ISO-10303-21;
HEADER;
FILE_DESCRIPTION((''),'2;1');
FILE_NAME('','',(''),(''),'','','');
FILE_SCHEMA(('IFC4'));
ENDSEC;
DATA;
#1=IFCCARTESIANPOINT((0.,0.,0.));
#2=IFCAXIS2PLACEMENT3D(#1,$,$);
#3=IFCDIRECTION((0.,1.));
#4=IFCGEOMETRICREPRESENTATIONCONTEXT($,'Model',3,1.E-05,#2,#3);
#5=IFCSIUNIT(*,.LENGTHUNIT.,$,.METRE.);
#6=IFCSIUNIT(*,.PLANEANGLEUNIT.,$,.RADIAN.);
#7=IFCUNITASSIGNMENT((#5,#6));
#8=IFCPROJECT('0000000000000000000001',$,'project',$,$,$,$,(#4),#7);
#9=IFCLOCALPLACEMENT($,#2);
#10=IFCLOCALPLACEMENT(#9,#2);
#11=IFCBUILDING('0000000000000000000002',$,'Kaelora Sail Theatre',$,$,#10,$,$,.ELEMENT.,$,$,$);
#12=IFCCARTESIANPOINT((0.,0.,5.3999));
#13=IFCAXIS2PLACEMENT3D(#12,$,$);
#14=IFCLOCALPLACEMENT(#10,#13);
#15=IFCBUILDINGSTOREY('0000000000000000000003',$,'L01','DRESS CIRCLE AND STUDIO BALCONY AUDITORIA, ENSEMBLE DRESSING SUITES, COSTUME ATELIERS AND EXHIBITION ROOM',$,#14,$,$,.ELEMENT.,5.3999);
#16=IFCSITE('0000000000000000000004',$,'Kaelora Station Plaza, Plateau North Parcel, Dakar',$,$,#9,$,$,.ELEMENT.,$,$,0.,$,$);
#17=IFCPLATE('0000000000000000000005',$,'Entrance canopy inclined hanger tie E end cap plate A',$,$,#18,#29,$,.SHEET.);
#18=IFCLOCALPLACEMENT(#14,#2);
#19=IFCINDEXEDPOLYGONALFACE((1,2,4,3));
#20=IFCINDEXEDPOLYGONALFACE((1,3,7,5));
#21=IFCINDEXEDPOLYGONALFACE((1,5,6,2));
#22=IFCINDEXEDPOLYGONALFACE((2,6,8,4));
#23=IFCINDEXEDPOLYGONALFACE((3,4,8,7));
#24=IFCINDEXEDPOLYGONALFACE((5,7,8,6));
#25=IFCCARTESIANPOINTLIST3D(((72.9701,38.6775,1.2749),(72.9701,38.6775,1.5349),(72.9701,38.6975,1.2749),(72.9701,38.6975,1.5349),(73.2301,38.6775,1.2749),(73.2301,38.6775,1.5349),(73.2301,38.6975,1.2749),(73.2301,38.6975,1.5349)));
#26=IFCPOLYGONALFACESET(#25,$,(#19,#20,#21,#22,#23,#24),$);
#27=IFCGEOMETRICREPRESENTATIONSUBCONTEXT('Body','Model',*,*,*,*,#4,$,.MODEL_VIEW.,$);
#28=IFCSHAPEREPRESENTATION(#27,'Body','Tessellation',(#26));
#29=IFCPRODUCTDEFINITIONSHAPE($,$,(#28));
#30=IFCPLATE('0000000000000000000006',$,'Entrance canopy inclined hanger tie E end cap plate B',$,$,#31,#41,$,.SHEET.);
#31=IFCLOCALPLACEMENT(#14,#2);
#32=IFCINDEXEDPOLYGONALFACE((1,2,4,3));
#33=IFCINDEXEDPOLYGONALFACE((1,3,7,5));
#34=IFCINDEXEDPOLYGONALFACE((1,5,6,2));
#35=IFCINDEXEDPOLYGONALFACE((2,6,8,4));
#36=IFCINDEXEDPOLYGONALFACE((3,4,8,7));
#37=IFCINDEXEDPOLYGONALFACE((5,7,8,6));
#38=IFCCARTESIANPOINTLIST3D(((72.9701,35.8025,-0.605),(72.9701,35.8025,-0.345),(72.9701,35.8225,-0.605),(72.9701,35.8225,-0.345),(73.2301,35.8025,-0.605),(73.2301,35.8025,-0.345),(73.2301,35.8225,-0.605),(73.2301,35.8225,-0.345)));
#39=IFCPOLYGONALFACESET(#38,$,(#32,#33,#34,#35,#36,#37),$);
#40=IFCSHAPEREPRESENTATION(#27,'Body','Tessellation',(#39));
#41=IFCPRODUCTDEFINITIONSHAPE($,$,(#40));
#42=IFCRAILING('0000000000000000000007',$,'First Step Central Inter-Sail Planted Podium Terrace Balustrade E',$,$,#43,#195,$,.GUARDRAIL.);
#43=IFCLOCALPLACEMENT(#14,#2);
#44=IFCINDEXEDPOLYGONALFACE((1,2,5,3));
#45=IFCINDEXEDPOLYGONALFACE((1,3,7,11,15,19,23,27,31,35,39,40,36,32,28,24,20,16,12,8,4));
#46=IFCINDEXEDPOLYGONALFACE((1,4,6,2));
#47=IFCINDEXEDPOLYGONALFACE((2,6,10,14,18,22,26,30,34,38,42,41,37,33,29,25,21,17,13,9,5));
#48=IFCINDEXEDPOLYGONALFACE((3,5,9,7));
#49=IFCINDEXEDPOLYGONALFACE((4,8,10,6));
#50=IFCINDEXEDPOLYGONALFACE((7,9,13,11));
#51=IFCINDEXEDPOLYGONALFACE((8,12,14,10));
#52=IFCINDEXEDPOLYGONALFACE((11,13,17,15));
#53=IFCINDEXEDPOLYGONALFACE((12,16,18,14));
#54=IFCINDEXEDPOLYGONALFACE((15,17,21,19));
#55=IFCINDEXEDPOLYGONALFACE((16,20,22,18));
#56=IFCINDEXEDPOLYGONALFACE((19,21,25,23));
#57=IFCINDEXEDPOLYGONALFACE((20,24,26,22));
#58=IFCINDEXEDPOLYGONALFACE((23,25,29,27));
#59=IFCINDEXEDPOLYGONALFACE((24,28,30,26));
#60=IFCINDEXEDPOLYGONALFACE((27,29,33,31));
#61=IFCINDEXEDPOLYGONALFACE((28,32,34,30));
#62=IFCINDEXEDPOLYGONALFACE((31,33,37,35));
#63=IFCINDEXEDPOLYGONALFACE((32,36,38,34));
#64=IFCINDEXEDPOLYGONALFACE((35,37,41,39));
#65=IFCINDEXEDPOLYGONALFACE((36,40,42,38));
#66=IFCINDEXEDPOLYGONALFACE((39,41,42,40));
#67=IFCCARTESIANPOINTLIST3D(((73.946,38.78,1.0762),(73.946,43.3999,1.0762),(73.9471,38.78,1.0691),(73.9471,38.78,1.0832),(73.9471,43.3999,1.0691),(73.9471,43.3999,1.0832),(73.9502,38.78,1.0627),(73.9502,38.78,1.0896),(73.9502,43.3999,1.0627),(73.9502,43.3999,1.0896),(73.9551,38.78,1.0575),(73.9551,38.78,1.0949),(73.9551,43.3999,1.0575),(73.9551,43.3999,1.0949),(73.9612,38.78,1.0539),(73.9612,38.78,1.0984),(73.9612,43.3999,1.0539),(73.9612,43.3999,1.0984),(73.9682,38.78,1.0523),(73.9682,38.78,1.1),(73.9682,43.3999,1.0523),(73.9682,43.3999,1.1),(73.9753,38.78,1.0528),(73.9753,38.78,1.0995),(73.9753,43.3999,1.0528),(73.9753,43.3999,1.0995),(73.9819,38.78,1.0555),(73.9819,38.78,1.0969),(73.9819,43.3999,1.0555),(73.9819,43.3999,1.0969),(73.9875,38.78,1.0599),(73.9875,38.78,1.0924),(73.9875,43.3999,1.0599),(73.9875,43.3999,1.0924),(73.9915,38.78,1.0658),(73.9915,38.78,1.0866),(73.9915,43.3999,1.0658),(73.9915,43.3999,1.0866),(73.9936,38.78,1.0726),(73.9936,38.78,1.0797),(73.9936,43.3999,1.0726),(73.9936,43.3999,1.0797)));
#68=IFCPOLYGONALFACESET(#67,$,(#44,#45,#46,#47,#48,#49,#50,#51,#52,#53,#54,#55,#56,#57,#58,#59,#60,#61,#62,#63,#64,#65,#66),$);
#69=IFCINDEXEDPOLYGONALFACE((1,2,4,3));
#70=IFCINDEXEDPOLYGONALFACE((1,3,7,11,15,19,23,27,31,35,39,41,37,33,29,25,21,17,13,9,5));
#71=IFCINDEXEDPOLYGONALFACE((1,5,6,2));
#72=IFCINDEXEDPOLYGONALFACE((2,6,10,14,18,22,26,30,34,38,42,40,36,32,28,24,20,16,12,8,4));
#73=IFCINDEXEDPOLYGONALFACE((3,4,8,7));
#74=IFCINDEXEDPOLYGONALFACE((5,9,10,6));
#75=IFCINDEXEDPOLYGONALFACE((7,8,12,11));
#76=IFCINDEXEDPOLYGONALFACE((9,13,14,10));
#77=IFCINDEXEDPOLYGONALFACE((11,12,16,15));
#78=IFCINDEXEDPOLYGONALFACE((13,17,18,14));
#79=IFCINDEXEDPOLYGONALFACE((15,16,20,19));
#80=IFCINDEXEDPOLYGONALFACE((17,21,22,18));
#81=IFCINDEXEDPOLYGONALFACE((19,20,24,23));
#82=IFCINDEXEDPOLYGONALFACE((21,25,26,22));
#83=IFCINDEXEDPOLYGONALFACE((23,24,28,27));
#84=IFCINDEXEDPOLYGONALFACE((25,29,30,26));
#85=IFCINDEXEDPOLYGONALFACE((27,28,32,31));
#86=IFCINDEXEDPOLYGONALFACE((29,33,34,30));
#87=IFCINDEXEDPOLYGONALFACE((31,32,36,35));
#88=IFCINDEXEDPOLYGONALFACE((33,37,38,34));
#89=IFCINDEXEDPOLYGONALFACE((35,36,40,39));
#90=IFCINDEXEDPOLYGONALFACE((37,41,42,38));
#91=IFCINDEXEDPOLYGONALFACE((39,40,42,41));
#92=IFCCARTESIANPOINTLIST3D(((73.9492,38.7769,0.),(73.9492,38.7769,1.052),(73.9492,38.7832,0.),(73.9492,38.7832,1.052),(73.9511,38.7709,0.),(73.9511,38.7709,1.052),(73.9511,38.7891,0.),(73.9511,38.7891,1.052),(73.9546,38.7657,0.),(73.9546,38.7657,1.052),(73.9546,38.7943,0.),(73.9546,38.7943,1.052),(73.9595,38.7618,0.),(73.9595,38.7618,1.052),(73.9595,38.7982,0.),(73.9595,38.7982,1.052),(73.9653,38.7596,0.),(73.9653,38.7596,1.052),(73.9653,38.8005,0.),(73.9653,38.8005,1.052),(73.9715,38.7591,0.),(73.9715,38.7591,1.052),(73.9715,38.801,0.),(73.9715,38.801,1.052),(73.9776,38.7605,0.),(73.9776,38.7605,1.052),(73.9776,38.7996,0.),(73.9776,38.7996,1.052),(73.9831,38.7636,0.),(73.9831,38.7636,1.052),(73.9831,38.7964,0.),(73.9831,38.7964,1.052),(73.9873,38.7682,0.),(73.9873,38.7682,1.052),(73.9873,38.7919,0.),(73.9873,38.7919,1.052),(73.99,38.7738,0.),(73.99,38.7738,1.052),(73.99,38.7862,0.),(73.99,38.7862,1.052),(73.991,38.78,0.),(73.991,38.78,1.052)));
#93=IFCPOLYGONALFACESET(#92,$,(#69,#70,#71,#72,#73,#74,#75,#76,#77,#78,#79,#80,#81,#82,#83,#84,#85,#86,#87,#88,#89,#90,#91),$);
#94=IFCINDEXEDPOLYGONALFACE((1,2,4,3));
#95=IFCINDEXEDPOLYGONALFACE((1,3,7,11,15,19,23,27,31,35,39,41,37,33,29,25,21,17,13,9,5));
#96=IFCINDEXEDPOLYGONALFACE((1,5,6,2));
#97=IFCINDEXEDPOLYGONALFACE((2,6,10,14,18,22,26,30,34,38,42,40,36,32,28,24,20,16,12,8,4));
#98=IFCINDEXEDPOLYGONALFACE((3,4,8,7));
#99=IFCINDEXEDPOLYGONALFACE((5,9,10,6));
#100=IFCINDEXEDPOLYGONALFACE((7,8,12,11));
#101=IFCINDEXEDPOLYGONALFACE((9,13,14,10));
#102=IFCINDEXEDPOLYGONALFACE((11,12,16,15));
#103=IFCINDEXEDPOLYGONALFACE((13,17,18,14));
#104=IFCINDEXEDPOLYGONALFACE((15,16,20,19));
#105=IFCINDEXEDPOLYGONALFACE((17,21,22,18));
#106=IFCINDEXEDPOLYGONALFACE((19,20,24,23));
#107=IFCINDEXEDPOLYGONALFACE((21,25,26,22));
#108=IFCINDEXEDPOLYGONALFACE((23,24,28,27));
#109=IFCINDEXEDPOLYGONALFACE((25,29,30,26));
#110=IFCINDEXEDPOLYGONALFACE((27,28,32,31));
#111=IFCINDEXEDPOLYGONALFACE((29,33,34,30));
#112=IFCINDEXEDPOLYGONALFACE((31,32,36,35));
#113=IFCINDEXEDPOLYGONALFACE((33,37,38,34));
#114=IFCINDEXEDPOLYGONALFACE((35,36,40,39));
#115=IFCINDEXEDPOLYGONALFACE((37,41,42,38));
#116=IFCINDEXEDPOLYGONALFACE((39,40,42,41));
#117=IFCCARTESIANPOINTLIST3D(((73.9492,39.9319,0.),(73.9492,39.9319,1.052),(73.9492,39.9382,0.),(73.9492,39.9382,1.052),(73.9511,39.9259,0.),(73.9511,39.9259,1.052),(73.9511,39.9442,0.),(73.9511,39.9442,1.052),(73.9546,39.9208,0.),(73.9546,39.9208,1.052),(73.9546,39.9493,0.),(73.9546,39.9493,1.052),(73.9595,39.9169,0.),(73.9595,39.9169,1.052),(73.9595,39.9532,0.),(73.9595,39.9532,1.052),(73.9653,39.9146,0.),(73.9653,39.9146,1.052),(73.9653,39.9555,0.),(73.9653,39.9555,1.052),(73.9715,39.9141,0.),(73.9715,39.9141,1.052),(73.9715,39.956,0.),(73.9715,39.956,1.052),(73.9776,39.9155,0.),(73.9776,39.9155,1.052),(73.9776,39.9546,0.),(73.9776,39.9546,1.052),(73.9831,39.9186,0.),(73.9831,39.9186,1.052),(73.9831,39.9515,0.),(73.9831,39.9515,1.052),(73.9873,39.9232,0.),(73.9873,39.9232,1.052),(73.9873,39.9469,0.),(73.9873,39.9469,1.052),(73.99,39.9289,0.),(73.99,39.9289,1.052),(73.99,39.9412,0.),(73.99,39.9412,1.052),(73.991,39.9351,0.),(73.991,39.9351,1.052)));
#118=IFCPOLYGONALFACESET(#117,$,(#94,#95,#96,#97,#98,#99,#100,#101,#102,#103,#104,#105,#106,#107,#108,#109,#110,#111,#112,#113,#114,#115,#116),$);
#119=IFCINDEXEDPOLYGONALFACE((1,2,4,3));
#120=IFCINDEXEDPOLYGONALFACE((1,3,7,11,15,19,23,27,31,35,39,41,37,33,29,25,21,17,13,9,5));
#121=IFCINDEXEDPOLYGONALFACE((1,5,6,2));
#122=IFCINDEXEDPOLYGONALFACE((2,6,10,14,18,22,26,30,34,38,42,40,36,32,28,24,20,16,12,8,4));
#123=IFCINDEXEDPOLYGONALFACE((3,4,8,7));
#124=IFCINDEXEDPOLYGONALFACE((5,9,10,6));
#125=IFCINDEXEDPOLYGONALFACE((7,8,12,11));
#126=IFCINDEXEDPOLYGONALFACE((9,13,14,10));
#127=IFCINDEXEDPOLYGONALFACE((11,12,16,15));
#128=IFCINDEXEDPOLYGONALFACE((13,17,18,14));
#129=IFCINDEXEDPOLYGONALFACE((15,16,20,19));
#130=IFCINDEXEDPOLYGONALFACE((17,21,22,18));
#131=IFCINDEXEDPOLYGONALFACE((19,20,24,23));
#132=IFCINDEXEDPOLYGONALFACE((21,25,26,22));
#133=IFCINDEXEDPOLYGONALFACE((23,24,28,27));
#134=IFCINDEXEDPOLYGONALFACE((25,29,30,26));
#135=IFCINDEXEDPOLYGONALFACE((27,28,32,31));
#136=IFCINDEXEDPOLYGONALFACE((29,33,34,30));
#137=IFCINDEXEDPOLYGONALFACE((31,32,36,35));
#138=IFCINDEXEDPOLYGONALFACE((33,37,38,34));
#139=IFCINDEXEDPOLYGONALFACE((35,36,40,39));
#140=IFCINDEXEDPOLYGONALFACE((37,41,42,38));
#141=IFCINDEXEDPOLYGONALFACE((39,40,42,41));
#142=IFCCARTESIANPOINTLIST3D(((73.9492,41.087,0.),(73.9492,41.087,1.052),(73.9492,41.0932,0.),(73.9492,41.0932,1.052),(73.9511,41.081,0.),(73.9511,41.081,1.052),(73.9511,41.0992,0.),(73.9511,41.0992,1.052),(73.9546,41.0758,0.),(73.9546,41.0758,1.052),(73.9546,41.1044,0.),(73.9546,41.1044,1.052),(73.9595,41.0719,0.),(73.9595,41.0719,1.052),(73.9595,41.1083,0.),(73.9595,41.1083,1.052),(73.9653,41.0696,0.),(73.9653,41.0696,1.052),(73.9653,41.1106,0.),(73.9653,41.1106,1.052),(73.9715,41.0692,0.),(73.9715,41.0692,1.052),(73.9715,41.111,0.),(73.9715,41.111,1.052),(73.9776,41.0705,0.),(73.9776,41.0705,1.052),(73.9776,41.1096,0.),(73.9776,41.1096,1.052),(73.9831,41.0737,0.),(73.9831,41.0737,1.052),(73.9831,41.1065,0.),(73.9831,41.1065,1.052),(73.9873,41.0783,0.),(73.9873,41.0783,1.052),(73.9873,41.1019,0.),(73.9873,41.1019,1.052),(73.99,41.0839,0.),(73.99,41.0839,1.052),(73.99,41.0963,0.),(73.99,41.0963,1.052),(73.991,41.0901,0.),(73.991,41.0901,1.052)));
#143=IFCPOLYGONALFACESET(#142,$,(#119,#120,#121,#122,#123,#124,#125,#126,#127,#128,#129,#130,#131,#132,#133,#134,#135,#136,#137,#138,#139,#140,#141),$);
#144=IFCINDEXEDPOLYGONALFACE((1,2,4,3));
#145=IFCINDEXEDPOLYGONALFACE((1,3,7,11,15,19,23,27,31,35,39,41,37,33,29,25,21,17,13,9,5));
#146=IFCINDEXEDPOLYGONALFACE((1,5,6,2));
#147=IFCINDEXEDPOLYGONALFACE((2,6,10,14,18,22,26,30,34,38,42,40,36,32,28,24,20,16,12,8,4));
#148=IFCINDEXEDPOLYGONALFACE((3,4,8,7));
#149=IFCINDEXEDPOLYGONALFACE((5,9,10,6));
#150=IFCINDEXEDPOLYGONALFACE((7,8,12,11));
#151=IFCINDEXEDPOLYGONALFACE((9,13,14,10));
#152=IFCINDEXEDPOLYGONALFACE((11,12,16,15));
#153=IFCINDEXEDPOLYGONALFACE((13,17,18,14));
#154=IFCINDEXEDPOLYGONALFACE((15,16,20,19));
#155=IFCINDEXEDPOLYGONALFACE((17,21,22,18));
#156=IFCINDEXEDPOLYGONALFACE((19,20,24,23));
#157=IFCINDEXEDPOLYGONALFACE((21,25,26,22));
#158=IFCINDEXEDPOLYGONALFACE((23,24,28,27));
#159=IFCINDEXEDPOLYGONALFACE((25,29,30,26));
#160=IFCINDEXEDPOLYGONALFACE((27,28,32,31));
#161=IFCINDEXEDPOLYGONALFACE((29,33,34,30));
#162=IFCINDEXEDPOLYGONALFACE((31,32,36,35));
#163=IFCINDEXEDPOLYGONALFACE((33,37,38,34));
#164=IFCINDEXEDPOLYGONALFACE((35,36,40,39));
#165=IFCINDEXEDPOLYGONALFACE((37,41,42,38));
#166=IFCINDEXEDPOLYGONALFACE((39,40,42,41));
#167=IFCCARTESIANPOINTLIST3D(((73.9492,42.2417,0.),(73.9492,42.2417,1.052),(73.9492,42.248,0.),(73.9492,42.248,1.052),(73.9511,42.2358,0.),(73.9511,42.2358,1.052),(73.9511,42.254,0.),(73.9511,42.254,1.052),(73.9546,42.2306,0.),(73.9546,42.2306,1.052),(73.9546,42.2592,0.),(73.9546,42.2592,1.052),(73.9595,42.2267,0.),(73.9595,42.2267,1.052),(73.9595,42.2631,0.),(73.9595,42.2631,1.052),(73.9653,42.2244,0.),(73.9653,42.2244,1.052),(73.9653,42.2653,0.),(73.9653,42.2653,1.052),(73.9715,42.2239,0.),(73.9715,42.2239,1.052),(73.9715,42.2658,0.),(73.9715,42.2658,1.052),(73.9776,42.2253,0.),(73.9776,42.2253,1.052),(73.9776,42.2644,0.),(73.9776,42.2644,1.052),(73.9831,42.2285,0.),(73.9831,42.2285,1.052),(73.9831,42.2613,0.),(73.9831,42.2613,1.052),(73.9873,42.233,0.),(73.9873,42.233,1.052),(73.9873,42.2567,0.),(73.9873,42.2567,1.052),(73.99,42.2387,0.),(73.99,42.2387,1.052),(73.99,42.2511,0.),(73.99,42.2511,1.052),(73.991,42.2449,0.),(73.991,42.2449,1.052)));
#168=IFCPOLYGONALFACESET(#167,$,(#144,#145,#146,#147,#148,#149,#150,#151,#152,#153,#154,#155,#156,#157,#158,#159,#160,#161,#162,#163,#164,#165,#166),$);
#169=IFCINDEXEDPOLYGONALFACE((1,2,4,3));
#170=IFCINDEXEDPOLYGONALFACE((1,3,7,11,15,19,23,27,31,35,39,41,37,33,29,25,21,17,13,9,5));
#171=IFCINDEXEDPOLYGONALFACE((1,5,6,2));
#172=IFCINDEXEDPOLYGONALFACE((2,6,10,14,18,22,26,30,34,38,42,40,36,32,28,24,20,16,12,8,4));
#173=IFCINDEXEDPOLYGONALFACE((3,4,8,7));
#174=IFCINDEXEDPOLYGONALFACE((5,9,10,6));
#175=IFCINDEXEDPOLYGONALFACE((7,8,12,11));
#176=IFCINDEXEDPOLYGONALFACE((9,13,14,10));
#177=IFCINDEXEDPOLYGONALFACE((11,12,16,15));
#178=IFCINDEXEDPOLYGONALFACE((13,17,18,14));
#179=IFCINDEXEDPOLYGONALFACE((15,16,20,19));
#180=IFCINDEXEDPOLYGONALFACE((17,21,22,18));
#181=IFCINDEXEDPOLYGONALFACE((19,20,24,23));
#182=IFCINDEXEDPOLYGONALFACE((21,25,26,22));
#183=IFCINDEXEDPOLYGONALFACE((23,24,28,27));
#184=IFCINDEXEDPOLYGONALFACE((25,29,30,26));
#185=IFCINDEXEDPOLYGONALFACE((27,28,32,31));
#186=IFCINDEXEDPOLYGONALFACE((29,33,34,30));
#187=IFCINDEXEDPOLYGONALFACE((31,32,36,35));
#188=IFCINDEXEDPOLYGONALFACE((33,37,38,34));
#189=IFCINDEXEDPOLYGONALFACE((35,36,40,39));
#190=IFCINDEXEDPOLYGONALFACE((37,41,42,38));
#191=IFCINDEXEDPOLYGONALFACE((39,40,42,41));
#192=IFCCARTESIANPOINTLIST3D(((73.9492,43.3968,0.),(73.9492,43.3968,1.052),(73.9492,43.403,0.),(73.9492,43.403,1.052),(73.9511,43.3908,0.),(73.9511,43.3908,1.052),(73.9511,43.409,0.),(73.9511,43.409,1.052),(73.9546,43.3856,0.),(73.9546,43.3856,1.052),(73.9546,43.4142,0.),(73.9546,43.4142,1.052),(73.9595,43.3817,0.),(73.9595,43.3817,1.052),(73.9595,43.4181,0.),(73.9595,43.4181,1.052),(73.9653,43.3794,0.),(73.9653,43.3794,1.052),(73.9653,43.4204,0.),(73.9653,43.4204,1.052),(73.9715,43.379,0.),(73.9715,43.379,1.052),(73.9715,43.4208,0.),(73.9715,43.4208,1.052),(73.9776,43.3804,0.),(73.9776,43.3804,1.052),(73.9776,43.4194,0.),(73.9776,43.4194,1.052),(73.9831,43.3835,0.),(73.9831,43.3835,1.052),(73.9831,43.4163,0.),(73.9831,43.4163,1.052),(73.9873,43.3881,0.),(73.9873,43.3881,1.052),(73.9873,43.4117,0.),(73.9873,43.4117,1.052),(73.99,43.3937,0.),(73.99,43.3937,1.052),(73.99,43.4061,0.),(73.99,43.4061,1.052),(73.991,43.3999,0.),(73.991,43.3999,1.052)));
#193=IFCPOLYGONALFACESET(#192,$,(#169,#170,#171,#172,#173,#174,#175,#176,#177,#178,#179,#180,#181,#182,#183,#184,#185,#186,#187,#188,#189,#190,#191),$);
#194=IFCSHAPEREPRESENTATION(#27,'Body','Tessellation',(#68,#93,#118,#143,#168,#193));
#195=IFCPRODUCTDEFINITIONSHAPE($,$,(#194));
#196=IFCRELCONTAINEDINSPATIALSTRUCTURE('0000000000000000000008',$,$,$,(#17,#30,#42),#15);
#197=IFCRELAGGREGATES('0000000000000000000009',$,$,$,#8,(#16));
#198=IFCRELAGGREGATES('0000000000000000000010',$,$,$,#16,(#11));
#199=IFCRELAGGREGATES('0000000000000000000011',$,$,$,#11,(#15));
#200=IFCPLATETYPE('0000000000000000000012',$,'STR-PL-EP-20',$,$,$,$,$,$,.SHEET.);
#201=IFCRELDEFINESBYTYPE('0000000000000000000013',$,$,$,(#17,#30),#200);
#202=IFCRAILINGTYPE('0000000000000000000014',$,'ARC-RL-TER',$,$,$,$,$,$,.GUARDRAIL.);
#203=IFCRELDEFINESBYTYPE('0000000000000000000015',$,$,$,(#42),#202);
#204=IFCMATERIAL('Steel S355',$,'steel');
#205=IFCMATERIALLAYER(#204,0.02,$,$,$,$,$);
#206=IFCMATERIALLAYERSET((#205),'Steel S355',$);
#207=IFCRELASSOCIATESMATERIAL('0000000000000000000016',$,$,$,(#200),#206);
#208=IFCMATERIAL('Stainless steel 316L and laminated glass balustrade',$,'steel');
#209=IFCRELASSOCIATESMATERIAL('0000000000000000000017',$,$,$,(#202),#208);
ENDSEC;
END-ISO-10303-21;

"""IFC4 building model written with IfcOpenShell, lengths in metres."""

from ifc_helpers import new_model, si_unit, direction, frame, origin, origin_2d, place, context, subcontext, project, spatial, rectangle, circle, extrude, material, layer, layer_set, type_object, element, save


model = new_model("IFC4")

# Units and contexts
model_context = context("Model", 3, precision=1e-05, world=origin(), true_north=direction((0.0, 1.0)))
body_context = subcontext(model_context, "Body", "Model", "MODEL_VIEW")
ifc_project = project(units=[si_unit("LENGTHUNIT", "METRE"), si_unit("PLANEANGLEUNIT", "RADIAN")], contexts=[model_context])

# Site, building, storey
site_placement = place(None, origin())
site = spatial("IfcSite", under=ifc_project, at=site_placement, Name="Kaelora Station Plaza, Plateau North Parcel, Dakar", CompositionType="ELEMENT", RefElevation=0.0)
building_placement = place(site_placement, origin())
building = spatial("IfcBuilding", under=site, at=building_placement, Name="Kaelora Sail Theatre", CompositionType="ELEMENT")
storey_placement = place(building_placement, frame((0.0, 0.0, 5.3999)))
storey = spatial("IfcBuildingStorey", under=building, at=storey_placement, Name="L01", Description="DRESS CIRCLE AND STUDIO BALCONY AUDITORIA, ENSEMBLE DRESSING SUITES, COSTUME ATELIERS AND EXHIBITION ROOM", CompositionType="ELEMENT", Elevation=5.3999)

# Plates
ifc_material_1 = material(Name="Steel S355", Category="steel")
ifc_layer_1 = layer(ifc_material_1, 0.02)
ifc_layer_set_1 = layer_set([ifc_layer_1], Name="Steel S355")
plate_type_1 = type_object("IfcPlateType", Name="STR-PL-EP-20", PredefinedType="SHEET", material=ifc_layer_set_1)
for number, where, z_axis, x_axis, name in (
    (1, (73.1001, 38.6875, 1.2749), (0.0, 0.0, 1.0), (0.0, -1.0, 0.0), "Entrance canopy inclined hanger tie E end cap plate A"),
    (2, (73.1001, 35.8125, -0.605), (0.0, 0.0, 1.0), (0.0, -1.0, 0.0), "Entrance canopy inclined hanger tie E end cap plate B"),
):
    element("IfcPlate", number, at=place(storey_placement, frame(where, z_axis=z_axis, x_axis=x_axis)), inside=storey, type_object=plate_type_1, Name=name, PredefinedType="SHEET", context=body_context, shape_type="SweptSolid", body=[
        extrude(rectangle(XDim=0.02, YDim=0.26, at=origin_2d()), origin(), (0.0, 0.0, 1.0), 0.26),
    ])

# Railing
ifc_material_2 = material(Name="Stainless steel 316L and laminated glass balustrade", Category="steel")
railing_type = type_object("IfcRailingType", Name="ARC-RL-TER", PredefinedType="GUARDRAIL", material=ifc_material_2)
railing_placement = place(storey_placement, frame((73.97, 38.78, 0.0)))
element("IfcRailing", 3, at=railing_placement, inside=storey, type_object=railing_type, Name="First Step Central Inter-Sail Planted Podium Terrace Balustrade E", PredefinedType="GUARDRAIL", context=body_context, shape_type="SweptSolid", body=[
    extrude(circle(Radius=0.0239, at=origin_2d()), frame((0.0, 0.0, 1.0762), z_axis=(0.0, 1.0, 0.0), x_axis=(-1.0, 0.0, 0.0)), (0.0, 0.0, 1.0), 4.6199),
    extrude(circle(Radius=0.021, at=origin_2d()), origin(), (0.0, 0.0, 1.0), 1.052),
    extrude(circle(Radius=0.021, at=origin_2d()), frame((0.0, 1.155, 0.0)), (0.0, 0.0, 1.0), 1.052),
    extrude(circle(Radius=0.021, at=origin_2d()), frame((0.0, 2.3101, 0.0)), (0.0, 0.0, 1.0), 1.052),
    extrude(circle(Radius=0.021, at=origin_2d()), frame((0.0, 3.4648, 0.0)), (0.0, 0.0, 1.0), 1.052),
    extrude(circle(Radius=0.021, at=origin_2d()), frame((0.0, 4.6199, 0.0)), (0.0, 0.0, 1.0), 1.052),
])

save(model, "model.ifc")
